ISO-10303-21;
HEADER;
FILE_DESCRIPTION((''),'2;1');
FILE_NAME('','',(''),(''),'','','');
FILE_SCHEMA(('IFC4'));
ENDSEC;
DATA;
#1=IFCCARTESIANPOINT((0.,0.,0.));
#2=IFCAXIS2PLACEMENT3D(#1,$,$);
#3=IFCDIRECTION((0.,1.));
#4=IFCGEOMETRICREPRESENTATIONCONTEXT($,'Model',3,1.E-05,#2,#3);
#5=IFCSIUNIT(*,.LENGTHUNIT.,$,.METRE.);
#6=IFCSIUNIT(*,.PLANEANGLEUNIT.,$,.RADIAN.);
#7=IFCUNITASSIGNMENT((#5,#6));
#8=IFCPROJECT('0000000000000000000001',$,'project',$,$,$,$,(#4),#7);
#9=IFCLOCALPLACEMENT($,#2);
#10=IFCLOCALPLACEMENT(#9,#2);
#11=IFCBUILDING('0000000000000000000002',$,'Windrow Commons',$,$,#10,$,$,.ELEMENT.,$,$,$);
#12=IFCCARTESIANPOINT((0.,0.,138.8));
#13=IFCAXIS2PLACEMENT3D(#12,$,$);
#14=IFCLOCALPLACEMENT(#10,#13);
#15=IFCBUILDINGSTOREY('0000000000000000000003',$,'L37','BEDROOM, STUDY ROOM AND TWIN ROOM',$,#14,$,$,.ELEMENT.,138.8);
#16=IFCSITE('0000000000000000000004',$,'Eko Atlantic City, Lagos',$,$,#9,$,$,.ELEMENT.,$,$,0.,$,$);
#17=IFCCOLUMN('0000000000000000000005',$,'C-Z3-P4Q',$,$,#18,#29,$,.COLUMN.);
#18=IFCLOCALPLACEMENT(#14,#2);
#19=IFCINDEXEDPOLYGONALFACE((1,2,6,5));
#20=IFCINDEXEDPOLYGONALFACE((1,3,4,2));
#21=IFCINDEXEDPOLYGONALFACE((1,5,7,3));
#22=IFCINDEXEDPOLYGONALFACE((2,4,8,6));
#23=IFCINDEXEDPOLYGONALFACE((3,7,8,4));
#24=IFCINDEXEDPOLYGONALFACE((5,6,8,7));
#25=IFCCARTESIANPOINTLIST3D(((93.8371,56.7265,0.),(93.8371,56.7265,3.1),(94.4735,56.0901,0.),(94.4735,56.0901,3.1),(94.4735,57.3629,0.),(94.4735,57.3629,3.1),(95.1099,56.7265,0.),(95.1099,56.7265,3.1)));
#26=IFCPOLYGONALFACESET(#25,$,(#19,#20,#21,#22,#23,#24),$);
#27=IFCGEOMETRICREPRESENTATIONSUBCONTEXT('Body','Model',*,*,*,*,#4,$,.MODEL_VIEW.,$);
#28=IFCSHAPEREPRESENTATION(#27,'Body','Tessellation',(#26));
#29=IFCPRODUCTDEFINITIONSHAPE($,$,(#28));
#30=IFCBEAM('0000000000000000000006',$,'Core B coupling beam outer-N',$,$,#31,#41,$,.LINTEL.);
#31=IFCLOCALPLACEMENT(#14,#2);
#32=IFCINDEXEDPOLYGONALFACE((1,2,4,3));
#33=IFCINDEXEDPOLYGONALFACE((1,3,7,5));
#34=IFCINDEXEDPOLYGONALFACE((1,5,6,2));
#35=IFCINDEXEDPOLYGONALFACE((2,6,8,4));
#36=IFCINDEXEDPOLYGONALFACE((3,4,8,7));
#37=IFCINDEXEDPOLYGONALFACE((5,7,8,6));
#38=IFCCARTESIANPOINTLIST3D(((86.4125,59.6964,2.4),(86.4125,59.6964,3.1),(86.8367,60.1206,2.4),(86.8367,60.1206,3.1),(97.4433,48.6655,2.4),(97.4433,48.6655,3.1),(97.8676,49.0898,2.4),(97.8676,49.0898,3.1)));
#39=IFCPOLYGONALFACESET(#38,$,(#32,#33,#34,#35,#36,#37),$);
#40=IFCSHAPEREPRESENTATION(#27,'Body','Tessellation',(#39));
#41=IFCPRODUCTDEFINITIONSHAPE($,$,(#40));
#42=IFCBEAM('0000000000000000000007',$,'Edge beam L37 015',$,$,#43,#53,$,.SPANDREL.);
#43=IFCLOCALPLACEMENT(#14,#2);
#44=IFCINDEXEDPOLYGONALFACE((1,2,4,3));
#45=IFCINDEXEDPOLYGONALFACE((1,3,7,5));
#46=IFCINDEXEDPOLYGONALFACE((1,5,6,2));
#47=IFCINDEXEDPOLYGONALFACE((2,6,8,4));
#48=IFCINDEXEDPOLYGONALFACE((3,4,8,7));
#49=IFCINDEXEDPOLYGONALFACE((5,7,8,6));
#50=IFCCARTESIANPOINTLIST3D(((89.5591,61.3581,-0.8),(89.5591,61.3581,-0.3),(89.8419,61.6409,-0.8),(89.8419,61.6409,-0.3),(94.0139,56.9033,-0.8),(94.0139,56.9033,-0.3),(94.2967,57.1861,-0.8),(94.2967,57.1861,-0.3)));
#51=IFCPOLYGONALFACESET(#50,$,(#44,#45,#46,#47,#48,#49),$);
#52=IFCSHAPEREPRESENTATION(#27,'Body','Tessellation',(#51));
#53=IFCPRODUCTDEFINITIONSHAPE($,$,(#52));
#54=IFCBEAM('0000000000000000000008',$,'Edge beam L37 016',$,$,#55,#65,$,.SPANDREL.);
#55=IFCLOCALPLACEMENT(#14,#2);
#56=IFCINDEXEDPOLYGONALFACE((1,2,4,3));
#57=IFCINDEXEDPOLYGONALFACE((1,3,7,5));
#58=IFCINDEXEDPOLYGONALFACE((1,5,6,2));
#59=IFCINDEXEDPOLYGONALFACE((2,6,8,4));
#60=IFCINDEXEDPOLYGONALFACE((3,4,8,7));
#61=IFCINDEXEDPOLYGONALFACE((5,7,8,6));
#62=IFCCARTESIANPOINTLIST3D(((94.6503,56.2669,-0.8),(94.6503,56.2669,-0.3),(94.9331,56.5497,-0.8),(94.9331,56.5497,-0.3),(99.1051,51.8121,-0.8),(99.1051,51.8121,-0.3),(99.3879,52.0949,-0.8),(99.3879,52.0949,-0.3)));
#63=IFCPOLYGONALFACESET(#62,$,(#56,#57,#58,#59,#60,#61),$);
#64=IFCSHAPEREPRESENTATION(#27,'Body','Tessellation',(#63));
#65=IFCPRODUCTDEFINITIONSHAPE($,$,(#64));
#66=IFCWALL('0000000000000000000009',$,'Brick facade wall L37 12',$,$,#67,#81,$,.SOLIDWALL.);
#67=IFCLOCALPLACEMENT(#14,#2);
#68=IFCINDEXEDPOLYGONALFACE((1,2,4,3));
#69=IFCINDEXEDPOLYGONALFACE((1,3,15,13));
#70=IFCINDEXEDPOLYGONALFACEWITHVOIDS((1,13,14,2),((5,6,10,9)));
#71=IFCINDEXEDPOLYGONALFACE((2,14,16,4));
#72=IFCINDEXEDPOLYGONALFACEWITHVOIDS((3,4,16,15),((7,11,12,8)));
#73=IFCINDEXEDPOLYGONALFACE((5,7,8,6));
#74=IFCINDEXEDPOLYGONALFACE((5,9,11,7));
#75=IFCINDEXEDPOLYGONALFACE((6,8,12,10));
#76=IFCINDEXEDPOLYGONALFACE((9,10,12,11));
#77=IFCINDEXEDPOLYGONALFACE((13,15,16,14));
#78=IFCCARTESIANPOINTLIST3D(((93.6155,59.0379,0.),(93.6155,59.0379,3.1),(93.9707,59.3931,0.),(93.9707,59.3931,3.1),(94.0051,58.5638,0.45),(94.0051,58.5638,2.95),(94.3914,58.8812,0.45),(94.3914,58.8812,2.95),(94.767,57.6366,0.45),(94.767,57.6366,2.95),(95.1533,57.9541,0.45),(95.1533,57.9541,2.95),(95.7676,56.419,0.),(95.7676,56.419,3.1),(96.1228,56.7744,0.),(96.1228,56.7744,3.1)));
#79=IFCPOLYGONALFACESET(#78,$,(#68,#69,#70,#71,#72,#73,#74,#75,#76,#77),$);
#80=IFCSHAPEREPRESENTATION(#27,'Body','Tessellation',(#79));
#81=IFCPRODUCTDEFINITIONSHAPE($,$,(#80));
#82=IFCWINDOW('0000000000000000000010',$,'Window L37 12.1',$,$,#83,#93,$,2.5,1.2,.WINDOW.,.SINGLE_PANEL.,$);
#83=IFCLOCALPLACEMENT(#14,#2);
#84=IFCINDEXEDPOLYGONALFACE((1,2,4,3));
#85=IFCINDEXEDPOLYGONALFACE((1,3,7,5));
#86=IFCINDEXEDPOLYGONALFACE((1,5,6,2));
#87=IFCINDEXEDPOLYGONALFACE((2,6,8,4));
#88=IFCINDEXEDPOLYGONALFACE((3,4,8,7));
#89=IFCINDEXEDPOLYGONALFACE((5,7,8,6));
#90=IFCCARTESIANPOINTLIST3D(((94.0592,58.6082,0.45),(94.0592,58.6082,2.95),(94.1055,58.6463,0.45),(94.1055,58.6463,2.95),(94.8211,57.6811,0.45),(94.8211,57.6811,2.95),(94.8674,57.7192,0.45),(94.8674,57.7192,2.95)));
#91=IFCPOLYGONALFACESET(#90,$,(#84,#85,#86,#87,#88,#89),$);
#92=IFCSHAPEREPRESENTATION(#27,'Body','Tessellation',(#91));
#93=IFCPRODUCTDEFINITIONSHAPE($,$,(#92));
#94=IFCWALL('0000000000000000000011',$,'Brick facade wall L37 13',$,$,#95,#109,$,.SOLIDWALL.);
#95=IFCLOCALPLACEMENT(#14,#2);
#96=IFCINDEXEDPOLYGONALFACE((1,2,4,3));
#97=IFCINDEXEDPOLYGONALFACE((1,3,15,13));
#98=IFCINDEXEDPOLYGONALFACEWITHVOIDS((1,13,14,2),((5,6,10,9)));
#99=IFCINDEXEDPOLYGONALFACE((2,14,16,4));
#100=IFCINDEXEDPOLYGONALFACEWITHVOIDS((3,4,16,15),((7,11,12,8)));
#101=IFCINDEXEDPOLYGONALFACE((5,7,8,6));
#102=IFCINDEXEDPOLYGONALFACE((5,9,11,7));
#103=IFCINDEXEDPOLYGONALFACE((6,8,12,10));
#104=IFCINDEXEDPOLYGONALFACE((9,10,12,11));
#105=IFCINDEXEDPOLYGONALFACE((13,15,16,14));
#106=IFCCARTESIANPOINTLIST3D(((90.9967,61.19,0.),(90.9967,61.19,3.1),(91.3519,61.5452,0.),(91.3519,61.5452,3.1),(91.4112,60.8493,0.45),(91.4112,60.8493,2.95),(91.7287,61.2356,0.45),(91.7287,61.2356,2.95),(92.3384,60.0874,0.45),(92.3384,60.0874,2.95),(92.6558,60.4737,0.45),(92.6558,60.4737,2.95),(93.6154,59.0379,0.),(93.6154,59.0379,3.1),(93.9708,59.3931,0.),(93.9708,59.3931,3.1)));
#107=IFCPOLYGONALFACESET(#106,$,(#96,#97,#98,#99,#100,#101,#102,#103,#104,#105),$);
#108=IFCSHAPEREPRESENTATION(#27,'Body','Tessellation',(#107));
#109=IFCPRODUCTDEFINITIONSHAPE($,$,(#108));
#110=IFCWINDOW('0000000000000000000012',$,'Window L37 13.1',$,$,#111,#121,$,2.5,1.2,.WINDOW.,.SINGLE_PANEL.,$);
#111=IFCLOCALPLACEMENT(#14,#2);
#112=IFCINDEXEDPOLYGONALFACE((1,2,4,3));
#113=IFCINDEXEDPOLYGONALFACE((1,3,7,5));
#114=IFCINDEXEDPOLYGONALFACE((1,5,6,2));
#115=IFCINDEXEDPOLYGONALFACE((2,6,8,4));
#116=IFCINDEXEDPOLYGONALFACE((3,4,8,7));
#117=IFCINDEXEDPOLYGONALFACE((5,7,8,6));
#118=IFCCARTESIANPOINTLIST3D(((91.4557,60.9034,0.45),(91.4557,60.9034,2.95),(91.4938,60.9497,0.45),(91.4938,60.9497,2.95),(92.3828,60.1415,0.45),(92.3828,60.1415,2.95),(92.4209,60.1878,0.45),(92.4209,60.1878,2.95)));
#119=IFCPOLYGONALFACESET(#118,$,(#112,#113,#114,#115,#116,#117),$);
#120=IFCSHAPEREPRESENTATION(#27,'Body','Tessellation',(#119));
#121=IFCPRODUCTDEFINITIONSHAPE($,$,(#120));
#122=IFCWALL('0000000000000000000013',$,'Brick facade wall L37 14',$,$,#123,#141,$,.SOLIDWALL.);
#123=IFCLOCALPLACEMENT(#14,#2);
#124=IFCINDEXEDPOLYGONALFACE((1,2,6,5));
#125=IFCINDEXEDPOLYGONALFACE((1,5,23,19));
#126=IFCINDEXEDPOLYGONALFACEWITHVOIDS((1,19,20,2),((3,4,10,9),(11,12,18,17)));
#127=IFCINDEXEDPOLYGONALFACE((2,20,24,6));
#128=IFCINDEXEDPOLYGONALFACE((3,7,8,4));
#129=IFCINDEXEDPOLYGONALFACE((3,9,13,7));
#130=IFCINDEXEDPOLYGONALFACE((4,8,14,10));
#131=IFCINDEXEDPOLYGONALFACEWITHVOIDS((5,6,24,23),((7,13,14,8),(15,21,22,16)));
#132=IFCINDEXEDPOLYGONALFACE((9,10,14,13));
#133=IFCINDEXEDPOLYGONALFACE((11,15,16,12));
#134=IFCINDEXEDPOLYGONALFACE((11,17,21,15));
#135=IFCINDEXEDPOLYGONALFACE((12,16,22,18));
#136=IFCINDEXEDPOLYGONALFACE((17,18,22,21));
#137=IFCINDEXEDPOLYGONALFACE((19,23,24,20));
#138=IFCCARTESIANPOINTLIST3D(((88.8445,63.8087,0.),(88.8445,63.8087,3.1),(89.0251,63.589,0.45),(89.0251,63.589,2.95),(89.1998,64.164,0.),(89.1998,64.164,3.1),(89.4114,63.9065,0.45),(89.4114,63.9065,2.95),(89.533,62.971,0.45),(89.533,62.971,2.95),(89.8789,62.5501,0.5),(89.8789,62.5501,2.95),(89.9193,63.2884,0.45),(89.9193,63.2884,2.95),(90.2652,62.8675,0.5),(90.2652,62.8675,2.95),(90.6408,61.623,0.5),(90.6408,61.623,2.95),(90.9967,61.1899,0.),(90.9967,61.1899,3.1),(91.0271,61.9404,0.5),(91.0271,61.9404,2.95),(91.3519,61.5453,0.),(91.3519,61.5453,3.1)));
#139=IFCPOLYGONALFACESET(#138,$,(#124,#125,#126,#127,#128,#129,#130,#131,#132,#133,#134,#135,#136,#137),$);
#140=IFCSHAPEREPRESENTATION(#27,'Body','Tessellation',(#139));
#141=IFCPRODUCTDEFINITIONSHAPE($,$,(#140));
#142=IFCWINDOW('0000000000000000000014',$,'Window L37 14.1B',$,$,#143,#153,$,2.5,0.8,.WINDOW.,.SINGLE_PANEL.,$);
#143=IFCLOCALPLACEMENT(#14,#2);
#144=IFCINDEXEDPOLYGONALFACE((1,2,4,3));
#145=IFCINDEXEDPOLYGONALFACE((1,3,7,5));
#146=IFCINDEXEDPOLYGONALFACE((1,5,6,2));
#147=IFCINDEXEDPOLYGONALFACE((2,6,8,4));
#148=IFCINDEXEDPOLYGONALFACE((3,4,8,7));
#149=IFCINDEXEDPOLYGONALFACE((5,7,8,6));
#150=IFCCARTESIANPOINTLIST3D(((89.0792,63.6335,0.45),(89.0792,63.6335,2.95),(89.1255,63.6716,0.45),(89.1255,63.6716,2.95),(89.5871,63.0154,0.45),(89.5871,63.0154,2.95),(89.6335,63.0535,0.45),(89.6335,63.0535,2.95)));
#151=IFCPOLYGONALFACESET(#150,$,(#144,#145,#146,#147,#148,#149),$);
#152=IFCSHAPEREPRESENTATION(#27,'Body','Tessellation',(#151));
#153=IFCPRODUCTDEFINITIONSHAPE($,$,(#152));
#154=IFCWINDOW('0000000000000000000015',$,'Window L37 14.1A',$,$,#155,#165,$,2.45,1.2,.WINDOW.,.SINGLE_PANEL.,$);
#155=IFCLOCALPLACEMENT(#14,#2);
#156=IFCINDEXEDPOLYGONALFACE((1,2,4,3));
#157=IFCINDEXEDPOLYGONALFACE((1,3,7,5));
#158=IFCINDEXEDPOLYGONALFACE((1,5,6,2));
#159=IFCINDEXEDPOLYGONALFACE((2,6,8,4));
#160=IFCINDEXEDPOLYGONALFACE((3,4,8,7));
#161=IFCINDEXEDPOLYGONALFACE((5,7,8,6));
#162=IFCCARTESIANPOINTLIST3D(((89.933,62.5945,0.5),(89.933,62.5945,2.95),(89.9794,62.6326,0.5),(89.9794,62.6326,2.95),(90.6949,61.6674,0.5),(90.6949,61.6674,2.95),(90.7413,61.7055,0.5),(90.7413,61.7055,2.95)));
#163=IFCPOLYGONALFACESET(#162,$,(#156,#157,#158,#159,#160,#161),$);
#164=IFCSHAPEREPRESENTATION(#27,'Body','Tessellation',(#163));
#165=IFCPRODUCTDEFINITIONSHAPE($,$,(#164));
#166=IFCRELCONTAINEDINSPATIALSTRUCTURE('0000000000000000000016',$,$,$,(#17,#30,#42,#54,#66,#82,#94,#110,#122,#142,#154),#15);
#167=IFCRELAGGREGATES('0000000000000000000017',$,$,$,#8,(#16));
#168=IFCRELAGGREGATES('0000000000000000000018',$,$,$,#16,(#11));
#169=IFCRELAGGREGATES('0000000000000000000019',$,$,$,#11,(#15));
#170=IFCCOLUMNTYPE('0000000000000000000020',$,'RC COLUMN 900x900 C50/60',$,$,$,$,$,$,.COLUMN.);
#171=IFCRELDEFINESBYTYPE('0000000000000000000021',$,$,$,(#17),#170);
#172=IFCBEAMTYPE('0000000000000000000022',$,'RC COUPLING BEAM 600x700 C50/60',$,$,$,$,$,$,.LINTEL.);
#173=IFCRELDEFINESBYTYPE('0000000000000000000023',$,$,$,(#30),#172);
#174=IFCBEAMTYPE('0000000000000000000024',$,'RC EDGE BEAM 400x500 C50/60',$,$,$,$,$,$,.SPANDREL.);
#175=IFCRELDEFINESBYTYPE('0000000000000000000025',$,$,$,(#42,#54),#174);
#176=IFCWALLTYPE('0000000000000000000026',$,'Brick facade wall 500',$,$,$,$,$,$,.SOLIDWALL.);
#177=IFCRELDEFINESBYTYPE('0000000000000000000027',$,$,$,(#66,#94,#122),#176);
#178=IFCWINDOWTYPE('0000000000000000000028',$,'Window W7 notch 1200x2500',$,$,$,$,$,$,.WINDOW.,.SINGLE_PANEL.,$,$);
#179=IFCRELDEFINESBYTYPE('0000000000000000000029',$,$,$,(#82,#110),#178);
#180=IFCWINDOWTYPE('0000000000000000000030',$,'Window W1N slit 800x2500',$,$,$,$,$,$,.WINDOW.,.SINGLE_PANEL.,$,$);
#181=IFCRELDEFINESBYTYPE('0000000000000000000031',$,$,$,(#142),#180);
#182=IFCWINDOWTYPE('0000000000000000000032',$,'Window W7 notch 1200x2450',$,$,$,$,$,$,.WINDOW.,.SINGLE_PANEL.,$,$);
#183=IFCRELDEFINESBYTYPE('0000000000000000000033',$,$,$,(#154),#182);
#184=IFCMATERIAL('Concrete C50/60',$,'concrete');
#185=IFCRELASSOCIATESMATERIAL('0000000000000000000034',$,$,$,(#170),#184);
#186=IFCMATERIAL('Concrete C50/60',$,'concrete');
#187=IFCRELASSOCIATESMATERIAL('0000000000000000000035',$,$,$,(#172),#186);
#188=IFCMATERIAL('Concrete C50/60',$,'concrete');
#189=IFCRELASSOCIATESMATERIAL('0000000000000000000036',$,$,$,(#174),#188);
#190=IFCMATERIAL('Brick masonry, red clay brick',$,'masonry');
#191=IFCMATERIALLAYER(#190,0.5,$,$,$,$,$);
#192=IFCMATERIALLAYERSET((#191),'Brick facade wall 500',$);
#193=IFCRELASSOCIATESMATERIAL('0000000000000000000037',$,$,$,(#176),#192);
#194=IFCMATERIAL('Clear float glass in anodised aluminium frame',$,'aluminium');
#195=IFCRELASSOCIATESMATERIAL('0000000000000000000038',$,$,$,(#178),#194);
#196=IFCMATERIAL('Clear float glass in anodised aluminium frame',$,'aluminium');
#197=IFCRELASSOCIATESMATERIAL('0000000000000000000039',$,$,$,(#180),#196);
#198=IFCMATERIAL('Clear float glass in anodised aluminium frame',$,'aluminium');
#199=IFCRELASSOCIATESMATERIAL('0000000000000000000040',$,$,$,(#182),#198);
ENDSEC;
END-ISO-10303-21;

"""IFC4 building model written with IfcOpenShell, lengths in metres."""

from ifc_helpers import new_model, si_unit, direction, frame, frame_2d, origin, origin_2d, place, context, subcontext, project, spatial, polyline, rectangle, outline, extrude, material, layer, layer_set, material_profile, profile_set, type_object, element, fill, save


model = new_model("IFC4")

# Units and contexts
model_context = context("Model", 3, precision=1e-05, world=origin(), true_north=direction((0.0, 1.0)))
body_context = subcontext(model_context, "Body", "Model", "MODEL_VIEW")
ifc_project = project(units=[si_unit("LENGTHUNIT", "METRE"), si_unit("PLANEANGLEUNIT", "RADIAN")], contexts=[model_context])

# Site, building, storey
site_placement = place(None, origin())
site = spatial("IfcSite", under=ifc_project, at=site_placement, Name="Eko Atlantic City, Lagos", CompositionType="ELEMENT", RefElevation=0.0)
building_placement = place(site_placement, origin())
building = spatial("IfcBuilding", under=site, at=building_placement, Name="Windrow Commons", CompositionType="ELEMENT")
storey_placement = place(building_placement, frame((0.0, 0.0, 138.8)))
storey = spatial("IfcBuildingStorey", under=building, at=storey_placement, Name="L37", Description="BEDROOM, STUDY ROOM AND TWIN ROOM", CompositionType="ELEMENT", Elevation=138.8)

# Column
ifc_material_1 = material(Name="Concrete C50/60", Category="concrete")
ifc_material_profile_1 = material_profile(ifc_material_1, rectangle(XDim=0.9, YDim=0.9, at=origin_2d()))
ifc_profile_set_1 = profile_set([ifc_material_profile_1], Name="Concrete C50/60")
column_type = type_object("IfcColumnType", Name="RC COLUMN 900x900 C50/60", PredefinedType="COLUMN", material=ifc_profile_set_1)
column_placement = place(storey_placement, frame((94.4735, 56.7265, 0.0), z_axis=(0.0, 0.0, 1.0), x_axis=(0.707107, -0.707107, 0.0)))
element("IfcColumn", 1, at=column_placement, inside=storey, type_object=column_type, Name="C-Z3-P4Q", PredefinedType="COLUMN", context=body_context, shape_type="SweptSolid", body=[
    extrude(rectangle(XDim=0.9, YDim=0.9, at=origin_2d()), origin(), (0.0, 0.0, 1.0), 3.1),
])

# Beams
ifc_material_2 = material(Name="Concrete C50/60", Category="concrete")
ifc_material_profile_2 = material_profile(ifc_material_2, rectangle(XDim=0.6, YDim=0.7, at=origin_2d()))
ifc_profile_set_2 = profile_set([ifc_material_profile_2], Name="Concrete C50/60")
beam_type_1 = type_object("IfcBeamType", Name="RC COUPLING BEAM 600x700 C50/60", PredefinedType="LINTEL", material=ifc_profile_set_2)
beam_placement = place(storey_placement, frame((86.6246, 59.9085, 2.75), z_axis=(0.707107, -0.707107, 0.0), x_axis=(0.707107, 0.707107, 0.0)))
element("IfcBeam", 2, at=beam_placement, inside=storey, type_object=beam_type_1, Name="Core B coupling beam outer-N", PredefinedType="LINTEL", context=body_context, shape_type="SweptSolid", body=[
    extrude(rectangle(XDim=0.6, YDim=0.7, at=origin_2d()), origin(), (0.0, 0.0, 1.0), 15.6),
])
ifc_material_3 = material(Name="Concrete C50/60", Category="concrete")
ifc_material_profile_3 = material_profile(ifc_material_3, rectangle(XDim=0.4, YDim=0.5, at=origin_2d()))
ifc_profile_set_3 = profile_set([ifc_material_profile_3], Name="Concrete C50/60")
beam_type_2 = type_object("IfcBeamType", Name="RC EDGE BEAM 400x500 C50/60", PredefinedType="SPANDREL", material=ifc_profile_set_3)
for number, where, z_axis, x_axis, name in (
    (3, (89.7005, 61.4995, -0.55), (0.707107, -0.707107, 0.0), (0.707107, 0.707107, 0.0), "Edge beam L37 015"),
    (4, (94.7917, 56.4083, -0.55), (0.707107, -0.707107, 0.0), (0.707107, 0.707107, 0.0), "Edge beam L37 016"),
):
    element("IfcBeam", number, at=place(storey_placement, frame(where, z_axis=z_axis, x_axis=x_axis)), inside=storey, type_object=beam_type_2, Name=name, PredefinedType="SPANDREL", context=body_context, shape_type="SweptSolid", body=[
        extrude(rectangle(XDim=0.4, YDim=0.5, at=origin_2d()), origin(), (0.0, 0.0, 1.0), 6.3),
    ])

# Walls, openings, windows
ifc_material_4 = material(Name="Brick masonry, red clay brick", Category="masonry")
ifc_layer_1 = layer(ifc_material_4, 0.5)
ifc_layer_set_1 = layer_set([ifc_layer_1], Name="Brick facade wall 500")
wall_type_1 = type_object("IfcWallType", Name="Brick facade wall 500", PredefinedType="SOLIDWALL", material=ifc_layer_set_1)
wall_1_placement = place(storey_placement, frame((95.9452, 56.5967, 0.0), z_axis=(0.0, 0.0, 1.0), x_axis=(-0.634905, 0.77259, 0.0)))
wall_1 = element("IfcWall", 5, at=wall_1_placement, inside=storey, type_object=wall_type_1, Name="Brick facade wall L37 12", PredefinedType="SOLIDWALL", context=body_context, shape_type="SweptSolid", body=[
    extrude(outline(polyline([(0.0245, -0.25), (3.4141, -0.25), (3.3652, 0.25), (-0.0245, 0.25), (0.0245, -0.25)])), origin(), (0.0, 0.0, 1.0), 3.1),
])
opening_1_placement = place(wall_1_placement, frame((1.5515, 0.0, 0.45)))
opening_1 = element("IfcOpeningElement", 6, at=opening_1_placement, cuts=wall_1, PredefinedType="OPENING", context=body_context, shape_type="SweptSolid", body=[
    extrude(rectangle(XDim=1.2, YDim=2.5, at=frame_2d((0.6, 1.25))), frame((0.0, 0.26, 0.0), z_axis=(0.0, -1.0, 0.0), x_axis=(1.0, 0.0, 0.0)), (0.0, 0.0, 1.0), 0.52),
])
ifc_material_5 = material(Name="Clear float glass in anodised aluminium frame", Category="aluminium")
window_type_1 = type_object("IfcWindowType", Name="Window W7 notch 1200x2500", PartitioningType="SINGLE_PANEL", PredefinedType="WINDOW", material=ifc_material_5)
window_1_placement = place(opening_1_placement, origin())
window_1 = element("IfcWindow", 7, at=window_1_placement, inside=storey, type_object=window_type_1, Name="Window L37 12.1", OverallHeight=2.5, OverallWidth=1.2, PartitioningType="SINGLE_PANEL", PredefinedType="WINDOW", context=body_context, shape_type="SweptSolid", body=[
    extrude(rectangle(XDim=1.2, YDim=2.5, at=frame_2d((0.6, 1.25))), frame((0.0, 0.18, 0.0), z_axis=(0.0, -1.0, 0.0), x_axis=(1.0, 0.0, 0.0)), (0.0, 0.0, 1.0), 0.06),
])
fill(opening_1, window_1)
wall_2_placement = place(storey_placement, frame((93.7931, 59.2155, 0.0), z_axis=(0.0, 0.0, 1.0), x_axis=(-0.77259, 0.634905, 0.0)))
wall_2 = element("IfcWall", 8, at=wall_2_placement, inside=storey, type_object=wall_type_1, Name="Brick facade wall L37 13", PredefinedType="SOLIDWALL", context=body_context, shape_type="SweptSolid", body=[
    extrude(outline(polyline([(-0.0245, -0.25), (3.3652, -0.25), (3.4141, 0.25), (0.0245, 0.25), (-0.0245, -0.25)])), origin(), (0.0, 0.0, 1.0), 3.1),
])
opening_2_placement = place(wall_2_placement, frame((1.6775, 0.0, 0.45)))
opening_2 = element("IfcOpeningElement", 9, at=opening_2_placement, cuts=wall_2, PredefinedType="OPENING", context=body_context, shape_type="SweptSolid", body=[
    extrude(rectangle(XDim=1.2, YDim=2.5, at=frame_2d((0.6, 1.25))), frame((0.0, 0.26, 0.0), z_axis=(0.0, -1.0, 0.0), x_axis=(1.0, 0.0, 0.0)), (0.0, 0.0, 1.0), 0.52),
])
window_2_placement = place(opening_2_placement, origin())
window_2 = element("IfcWindow", 10, at=window_2_placement, inside=storey, type_object=window_type_1, Name="Window L37 13.1", OverallHeight=2.5, OverallWidth=1.2, PartitioningType="SINGLE_PANEL", PredefinedType="WINDOW", context=body_context, shape_type="SweptSolid", body=[
    extrude(rectangle(XDim=1.2, YDim=2.5, at=frame_2d((0.6, 1.25))), frame((0.0, 0.18, 0.0), z_axis=(0.0, -1.0, 0.0), x_axis=(1.0, 0.0, 0.0)), (0.0, 0.0, 1.0), 0.06),
])
fill(opening_2, window_2)

# Wall, openings, windows
wall_3_placement = place(storey_placement, frame((91.1743, 61.3676, 0.0), z_axis=(0.0, 0.0, 1.0), x_axis=(-0.63492, 0.772578, 0.0)))
wall_3 = element("IfcWall", 11, at=wall_3_placement, inside=storey, type_object=wall_type_1, Name="Brick facade wall L37 14", PredefinedType="SOLIDWALL", context=body_context, shape_type="SweptSolid", body=[
    extrude(outline(polyline([(0.0245, -0.25), (3.4141, -0.25), (3.3652, 0.25), (-0.0245, 0.25), (0.0245, -0.25)])), origin(), (0.0, 0.0, 1.0), 3.1),
])
opening_3_placement = place(wall_3_placement, frame((0.536, 0.0, 0.5)))
opening_3 = element("IfcOpeningElement", 12, at=opening_3_placement, cuts=wall_3, PredefinedType="OPENING", context=body_context, shape_type="SweptSolid", body=[
    extrude(rectangle(XDim=1.2, YDim=2.45, at=frame_2d((0.6, 1.225))), frame((0.0, 0.26, 0.0), z_axis=(0.0, -1.0, 0.0), x_axis=(1.0, 0.0, 0.0)), (0.0, 0.0, 1.0), 0.52),
])
opening_4_placement = place(wall_3_placement, frame((2.2808, 0.0, 0.45)))
opening_4 = element("IfcOpeningElement", 13, at=opening_4_placement, cuts=wall_3, PredefinedType="OPENING", context=body_context, shape_type="SweptSolid", body=[
    extrude(rectangle(XDim=0.8, YDim=2.5, at=frame_2d((0.4, 1.25))), frame((0.0, 0.26, 0.0), z_axis=(0.0, -1.0, 0.0), x_axis=(1.0, 0.0, 0.0)), (0.0, 0.0, 1.0), 0.52),
])
ifc_material_6 = material(Name="Clear float glass in anodised aluminium frame", Category="aluminium")
window_type_2 = type_object("IfcWindowType", Name="Window W1N slit 800x2500", PartitioningType="SINGLE_PANEL", PredefinedType="WINDOW", material=ifc_material_6)
window_3_placement = place(opening_4_placement, origin())
window_3 = element("IfcWindow", 14, at=window_3_placement, inside=storey, type_object=window_type_2, Name="Window L37 14.1B", OverallHeight=2.5, OverallWidth=0.8, PartitioningType="SINGLE_PANEL", PredefinedType="WINDOW", context=body_context, shape_type="SweptSolid", body=[
    extrude(rectangle(XDim=0.8, YDim=2.5, at=frame_2d((0.4, 1.25))), frame((0.0, 0.18, 0.0), z_axis=(0.0, -1.0, 0.0), x_axis=(1.0, 0.0, 0.0)), (0.0, 0.0, 1.0), 0.06),
])
fill(opening_4, window_3)
ifc_material_7 = material(Name="Clear float glass in anodised aluminium frame", Category="aluminium")
window_type_3 = type_object("IfcWindowType", Name="Window W7 notch 1200x2450", PartitioningType="SINGLE_PANEL", PredefinedType="WINDOW", material=ifc_material_7)
window_4_placement = place(opening_3_placement, origin())
window_4 = element("IfcWindow", 15, at=window_4_placement, inside=storey, type_object=window_type_3, Name="Window L37 14.1A", OverallHeight=2.45, OverallWidth=1.2, PartitioningType="SINGLE_PANEL", PredefinedType="WINDOW", context=body_context, shape_type="SweptSolid", body=[
    extrude(rectangle(XDim=1.2, YDim=2.45, at=frame_2d((0.6, 1.225))), frame((0.0, 0.18, 0.0), z_axis=(0.0, -1.0, 0.0), x_axis=(1.0, 0.0, 0.0)), (0.0, 0.0, 1.0), 0.06),
])
fill(opening_3, window_4)

save(model, "model.ifc")
